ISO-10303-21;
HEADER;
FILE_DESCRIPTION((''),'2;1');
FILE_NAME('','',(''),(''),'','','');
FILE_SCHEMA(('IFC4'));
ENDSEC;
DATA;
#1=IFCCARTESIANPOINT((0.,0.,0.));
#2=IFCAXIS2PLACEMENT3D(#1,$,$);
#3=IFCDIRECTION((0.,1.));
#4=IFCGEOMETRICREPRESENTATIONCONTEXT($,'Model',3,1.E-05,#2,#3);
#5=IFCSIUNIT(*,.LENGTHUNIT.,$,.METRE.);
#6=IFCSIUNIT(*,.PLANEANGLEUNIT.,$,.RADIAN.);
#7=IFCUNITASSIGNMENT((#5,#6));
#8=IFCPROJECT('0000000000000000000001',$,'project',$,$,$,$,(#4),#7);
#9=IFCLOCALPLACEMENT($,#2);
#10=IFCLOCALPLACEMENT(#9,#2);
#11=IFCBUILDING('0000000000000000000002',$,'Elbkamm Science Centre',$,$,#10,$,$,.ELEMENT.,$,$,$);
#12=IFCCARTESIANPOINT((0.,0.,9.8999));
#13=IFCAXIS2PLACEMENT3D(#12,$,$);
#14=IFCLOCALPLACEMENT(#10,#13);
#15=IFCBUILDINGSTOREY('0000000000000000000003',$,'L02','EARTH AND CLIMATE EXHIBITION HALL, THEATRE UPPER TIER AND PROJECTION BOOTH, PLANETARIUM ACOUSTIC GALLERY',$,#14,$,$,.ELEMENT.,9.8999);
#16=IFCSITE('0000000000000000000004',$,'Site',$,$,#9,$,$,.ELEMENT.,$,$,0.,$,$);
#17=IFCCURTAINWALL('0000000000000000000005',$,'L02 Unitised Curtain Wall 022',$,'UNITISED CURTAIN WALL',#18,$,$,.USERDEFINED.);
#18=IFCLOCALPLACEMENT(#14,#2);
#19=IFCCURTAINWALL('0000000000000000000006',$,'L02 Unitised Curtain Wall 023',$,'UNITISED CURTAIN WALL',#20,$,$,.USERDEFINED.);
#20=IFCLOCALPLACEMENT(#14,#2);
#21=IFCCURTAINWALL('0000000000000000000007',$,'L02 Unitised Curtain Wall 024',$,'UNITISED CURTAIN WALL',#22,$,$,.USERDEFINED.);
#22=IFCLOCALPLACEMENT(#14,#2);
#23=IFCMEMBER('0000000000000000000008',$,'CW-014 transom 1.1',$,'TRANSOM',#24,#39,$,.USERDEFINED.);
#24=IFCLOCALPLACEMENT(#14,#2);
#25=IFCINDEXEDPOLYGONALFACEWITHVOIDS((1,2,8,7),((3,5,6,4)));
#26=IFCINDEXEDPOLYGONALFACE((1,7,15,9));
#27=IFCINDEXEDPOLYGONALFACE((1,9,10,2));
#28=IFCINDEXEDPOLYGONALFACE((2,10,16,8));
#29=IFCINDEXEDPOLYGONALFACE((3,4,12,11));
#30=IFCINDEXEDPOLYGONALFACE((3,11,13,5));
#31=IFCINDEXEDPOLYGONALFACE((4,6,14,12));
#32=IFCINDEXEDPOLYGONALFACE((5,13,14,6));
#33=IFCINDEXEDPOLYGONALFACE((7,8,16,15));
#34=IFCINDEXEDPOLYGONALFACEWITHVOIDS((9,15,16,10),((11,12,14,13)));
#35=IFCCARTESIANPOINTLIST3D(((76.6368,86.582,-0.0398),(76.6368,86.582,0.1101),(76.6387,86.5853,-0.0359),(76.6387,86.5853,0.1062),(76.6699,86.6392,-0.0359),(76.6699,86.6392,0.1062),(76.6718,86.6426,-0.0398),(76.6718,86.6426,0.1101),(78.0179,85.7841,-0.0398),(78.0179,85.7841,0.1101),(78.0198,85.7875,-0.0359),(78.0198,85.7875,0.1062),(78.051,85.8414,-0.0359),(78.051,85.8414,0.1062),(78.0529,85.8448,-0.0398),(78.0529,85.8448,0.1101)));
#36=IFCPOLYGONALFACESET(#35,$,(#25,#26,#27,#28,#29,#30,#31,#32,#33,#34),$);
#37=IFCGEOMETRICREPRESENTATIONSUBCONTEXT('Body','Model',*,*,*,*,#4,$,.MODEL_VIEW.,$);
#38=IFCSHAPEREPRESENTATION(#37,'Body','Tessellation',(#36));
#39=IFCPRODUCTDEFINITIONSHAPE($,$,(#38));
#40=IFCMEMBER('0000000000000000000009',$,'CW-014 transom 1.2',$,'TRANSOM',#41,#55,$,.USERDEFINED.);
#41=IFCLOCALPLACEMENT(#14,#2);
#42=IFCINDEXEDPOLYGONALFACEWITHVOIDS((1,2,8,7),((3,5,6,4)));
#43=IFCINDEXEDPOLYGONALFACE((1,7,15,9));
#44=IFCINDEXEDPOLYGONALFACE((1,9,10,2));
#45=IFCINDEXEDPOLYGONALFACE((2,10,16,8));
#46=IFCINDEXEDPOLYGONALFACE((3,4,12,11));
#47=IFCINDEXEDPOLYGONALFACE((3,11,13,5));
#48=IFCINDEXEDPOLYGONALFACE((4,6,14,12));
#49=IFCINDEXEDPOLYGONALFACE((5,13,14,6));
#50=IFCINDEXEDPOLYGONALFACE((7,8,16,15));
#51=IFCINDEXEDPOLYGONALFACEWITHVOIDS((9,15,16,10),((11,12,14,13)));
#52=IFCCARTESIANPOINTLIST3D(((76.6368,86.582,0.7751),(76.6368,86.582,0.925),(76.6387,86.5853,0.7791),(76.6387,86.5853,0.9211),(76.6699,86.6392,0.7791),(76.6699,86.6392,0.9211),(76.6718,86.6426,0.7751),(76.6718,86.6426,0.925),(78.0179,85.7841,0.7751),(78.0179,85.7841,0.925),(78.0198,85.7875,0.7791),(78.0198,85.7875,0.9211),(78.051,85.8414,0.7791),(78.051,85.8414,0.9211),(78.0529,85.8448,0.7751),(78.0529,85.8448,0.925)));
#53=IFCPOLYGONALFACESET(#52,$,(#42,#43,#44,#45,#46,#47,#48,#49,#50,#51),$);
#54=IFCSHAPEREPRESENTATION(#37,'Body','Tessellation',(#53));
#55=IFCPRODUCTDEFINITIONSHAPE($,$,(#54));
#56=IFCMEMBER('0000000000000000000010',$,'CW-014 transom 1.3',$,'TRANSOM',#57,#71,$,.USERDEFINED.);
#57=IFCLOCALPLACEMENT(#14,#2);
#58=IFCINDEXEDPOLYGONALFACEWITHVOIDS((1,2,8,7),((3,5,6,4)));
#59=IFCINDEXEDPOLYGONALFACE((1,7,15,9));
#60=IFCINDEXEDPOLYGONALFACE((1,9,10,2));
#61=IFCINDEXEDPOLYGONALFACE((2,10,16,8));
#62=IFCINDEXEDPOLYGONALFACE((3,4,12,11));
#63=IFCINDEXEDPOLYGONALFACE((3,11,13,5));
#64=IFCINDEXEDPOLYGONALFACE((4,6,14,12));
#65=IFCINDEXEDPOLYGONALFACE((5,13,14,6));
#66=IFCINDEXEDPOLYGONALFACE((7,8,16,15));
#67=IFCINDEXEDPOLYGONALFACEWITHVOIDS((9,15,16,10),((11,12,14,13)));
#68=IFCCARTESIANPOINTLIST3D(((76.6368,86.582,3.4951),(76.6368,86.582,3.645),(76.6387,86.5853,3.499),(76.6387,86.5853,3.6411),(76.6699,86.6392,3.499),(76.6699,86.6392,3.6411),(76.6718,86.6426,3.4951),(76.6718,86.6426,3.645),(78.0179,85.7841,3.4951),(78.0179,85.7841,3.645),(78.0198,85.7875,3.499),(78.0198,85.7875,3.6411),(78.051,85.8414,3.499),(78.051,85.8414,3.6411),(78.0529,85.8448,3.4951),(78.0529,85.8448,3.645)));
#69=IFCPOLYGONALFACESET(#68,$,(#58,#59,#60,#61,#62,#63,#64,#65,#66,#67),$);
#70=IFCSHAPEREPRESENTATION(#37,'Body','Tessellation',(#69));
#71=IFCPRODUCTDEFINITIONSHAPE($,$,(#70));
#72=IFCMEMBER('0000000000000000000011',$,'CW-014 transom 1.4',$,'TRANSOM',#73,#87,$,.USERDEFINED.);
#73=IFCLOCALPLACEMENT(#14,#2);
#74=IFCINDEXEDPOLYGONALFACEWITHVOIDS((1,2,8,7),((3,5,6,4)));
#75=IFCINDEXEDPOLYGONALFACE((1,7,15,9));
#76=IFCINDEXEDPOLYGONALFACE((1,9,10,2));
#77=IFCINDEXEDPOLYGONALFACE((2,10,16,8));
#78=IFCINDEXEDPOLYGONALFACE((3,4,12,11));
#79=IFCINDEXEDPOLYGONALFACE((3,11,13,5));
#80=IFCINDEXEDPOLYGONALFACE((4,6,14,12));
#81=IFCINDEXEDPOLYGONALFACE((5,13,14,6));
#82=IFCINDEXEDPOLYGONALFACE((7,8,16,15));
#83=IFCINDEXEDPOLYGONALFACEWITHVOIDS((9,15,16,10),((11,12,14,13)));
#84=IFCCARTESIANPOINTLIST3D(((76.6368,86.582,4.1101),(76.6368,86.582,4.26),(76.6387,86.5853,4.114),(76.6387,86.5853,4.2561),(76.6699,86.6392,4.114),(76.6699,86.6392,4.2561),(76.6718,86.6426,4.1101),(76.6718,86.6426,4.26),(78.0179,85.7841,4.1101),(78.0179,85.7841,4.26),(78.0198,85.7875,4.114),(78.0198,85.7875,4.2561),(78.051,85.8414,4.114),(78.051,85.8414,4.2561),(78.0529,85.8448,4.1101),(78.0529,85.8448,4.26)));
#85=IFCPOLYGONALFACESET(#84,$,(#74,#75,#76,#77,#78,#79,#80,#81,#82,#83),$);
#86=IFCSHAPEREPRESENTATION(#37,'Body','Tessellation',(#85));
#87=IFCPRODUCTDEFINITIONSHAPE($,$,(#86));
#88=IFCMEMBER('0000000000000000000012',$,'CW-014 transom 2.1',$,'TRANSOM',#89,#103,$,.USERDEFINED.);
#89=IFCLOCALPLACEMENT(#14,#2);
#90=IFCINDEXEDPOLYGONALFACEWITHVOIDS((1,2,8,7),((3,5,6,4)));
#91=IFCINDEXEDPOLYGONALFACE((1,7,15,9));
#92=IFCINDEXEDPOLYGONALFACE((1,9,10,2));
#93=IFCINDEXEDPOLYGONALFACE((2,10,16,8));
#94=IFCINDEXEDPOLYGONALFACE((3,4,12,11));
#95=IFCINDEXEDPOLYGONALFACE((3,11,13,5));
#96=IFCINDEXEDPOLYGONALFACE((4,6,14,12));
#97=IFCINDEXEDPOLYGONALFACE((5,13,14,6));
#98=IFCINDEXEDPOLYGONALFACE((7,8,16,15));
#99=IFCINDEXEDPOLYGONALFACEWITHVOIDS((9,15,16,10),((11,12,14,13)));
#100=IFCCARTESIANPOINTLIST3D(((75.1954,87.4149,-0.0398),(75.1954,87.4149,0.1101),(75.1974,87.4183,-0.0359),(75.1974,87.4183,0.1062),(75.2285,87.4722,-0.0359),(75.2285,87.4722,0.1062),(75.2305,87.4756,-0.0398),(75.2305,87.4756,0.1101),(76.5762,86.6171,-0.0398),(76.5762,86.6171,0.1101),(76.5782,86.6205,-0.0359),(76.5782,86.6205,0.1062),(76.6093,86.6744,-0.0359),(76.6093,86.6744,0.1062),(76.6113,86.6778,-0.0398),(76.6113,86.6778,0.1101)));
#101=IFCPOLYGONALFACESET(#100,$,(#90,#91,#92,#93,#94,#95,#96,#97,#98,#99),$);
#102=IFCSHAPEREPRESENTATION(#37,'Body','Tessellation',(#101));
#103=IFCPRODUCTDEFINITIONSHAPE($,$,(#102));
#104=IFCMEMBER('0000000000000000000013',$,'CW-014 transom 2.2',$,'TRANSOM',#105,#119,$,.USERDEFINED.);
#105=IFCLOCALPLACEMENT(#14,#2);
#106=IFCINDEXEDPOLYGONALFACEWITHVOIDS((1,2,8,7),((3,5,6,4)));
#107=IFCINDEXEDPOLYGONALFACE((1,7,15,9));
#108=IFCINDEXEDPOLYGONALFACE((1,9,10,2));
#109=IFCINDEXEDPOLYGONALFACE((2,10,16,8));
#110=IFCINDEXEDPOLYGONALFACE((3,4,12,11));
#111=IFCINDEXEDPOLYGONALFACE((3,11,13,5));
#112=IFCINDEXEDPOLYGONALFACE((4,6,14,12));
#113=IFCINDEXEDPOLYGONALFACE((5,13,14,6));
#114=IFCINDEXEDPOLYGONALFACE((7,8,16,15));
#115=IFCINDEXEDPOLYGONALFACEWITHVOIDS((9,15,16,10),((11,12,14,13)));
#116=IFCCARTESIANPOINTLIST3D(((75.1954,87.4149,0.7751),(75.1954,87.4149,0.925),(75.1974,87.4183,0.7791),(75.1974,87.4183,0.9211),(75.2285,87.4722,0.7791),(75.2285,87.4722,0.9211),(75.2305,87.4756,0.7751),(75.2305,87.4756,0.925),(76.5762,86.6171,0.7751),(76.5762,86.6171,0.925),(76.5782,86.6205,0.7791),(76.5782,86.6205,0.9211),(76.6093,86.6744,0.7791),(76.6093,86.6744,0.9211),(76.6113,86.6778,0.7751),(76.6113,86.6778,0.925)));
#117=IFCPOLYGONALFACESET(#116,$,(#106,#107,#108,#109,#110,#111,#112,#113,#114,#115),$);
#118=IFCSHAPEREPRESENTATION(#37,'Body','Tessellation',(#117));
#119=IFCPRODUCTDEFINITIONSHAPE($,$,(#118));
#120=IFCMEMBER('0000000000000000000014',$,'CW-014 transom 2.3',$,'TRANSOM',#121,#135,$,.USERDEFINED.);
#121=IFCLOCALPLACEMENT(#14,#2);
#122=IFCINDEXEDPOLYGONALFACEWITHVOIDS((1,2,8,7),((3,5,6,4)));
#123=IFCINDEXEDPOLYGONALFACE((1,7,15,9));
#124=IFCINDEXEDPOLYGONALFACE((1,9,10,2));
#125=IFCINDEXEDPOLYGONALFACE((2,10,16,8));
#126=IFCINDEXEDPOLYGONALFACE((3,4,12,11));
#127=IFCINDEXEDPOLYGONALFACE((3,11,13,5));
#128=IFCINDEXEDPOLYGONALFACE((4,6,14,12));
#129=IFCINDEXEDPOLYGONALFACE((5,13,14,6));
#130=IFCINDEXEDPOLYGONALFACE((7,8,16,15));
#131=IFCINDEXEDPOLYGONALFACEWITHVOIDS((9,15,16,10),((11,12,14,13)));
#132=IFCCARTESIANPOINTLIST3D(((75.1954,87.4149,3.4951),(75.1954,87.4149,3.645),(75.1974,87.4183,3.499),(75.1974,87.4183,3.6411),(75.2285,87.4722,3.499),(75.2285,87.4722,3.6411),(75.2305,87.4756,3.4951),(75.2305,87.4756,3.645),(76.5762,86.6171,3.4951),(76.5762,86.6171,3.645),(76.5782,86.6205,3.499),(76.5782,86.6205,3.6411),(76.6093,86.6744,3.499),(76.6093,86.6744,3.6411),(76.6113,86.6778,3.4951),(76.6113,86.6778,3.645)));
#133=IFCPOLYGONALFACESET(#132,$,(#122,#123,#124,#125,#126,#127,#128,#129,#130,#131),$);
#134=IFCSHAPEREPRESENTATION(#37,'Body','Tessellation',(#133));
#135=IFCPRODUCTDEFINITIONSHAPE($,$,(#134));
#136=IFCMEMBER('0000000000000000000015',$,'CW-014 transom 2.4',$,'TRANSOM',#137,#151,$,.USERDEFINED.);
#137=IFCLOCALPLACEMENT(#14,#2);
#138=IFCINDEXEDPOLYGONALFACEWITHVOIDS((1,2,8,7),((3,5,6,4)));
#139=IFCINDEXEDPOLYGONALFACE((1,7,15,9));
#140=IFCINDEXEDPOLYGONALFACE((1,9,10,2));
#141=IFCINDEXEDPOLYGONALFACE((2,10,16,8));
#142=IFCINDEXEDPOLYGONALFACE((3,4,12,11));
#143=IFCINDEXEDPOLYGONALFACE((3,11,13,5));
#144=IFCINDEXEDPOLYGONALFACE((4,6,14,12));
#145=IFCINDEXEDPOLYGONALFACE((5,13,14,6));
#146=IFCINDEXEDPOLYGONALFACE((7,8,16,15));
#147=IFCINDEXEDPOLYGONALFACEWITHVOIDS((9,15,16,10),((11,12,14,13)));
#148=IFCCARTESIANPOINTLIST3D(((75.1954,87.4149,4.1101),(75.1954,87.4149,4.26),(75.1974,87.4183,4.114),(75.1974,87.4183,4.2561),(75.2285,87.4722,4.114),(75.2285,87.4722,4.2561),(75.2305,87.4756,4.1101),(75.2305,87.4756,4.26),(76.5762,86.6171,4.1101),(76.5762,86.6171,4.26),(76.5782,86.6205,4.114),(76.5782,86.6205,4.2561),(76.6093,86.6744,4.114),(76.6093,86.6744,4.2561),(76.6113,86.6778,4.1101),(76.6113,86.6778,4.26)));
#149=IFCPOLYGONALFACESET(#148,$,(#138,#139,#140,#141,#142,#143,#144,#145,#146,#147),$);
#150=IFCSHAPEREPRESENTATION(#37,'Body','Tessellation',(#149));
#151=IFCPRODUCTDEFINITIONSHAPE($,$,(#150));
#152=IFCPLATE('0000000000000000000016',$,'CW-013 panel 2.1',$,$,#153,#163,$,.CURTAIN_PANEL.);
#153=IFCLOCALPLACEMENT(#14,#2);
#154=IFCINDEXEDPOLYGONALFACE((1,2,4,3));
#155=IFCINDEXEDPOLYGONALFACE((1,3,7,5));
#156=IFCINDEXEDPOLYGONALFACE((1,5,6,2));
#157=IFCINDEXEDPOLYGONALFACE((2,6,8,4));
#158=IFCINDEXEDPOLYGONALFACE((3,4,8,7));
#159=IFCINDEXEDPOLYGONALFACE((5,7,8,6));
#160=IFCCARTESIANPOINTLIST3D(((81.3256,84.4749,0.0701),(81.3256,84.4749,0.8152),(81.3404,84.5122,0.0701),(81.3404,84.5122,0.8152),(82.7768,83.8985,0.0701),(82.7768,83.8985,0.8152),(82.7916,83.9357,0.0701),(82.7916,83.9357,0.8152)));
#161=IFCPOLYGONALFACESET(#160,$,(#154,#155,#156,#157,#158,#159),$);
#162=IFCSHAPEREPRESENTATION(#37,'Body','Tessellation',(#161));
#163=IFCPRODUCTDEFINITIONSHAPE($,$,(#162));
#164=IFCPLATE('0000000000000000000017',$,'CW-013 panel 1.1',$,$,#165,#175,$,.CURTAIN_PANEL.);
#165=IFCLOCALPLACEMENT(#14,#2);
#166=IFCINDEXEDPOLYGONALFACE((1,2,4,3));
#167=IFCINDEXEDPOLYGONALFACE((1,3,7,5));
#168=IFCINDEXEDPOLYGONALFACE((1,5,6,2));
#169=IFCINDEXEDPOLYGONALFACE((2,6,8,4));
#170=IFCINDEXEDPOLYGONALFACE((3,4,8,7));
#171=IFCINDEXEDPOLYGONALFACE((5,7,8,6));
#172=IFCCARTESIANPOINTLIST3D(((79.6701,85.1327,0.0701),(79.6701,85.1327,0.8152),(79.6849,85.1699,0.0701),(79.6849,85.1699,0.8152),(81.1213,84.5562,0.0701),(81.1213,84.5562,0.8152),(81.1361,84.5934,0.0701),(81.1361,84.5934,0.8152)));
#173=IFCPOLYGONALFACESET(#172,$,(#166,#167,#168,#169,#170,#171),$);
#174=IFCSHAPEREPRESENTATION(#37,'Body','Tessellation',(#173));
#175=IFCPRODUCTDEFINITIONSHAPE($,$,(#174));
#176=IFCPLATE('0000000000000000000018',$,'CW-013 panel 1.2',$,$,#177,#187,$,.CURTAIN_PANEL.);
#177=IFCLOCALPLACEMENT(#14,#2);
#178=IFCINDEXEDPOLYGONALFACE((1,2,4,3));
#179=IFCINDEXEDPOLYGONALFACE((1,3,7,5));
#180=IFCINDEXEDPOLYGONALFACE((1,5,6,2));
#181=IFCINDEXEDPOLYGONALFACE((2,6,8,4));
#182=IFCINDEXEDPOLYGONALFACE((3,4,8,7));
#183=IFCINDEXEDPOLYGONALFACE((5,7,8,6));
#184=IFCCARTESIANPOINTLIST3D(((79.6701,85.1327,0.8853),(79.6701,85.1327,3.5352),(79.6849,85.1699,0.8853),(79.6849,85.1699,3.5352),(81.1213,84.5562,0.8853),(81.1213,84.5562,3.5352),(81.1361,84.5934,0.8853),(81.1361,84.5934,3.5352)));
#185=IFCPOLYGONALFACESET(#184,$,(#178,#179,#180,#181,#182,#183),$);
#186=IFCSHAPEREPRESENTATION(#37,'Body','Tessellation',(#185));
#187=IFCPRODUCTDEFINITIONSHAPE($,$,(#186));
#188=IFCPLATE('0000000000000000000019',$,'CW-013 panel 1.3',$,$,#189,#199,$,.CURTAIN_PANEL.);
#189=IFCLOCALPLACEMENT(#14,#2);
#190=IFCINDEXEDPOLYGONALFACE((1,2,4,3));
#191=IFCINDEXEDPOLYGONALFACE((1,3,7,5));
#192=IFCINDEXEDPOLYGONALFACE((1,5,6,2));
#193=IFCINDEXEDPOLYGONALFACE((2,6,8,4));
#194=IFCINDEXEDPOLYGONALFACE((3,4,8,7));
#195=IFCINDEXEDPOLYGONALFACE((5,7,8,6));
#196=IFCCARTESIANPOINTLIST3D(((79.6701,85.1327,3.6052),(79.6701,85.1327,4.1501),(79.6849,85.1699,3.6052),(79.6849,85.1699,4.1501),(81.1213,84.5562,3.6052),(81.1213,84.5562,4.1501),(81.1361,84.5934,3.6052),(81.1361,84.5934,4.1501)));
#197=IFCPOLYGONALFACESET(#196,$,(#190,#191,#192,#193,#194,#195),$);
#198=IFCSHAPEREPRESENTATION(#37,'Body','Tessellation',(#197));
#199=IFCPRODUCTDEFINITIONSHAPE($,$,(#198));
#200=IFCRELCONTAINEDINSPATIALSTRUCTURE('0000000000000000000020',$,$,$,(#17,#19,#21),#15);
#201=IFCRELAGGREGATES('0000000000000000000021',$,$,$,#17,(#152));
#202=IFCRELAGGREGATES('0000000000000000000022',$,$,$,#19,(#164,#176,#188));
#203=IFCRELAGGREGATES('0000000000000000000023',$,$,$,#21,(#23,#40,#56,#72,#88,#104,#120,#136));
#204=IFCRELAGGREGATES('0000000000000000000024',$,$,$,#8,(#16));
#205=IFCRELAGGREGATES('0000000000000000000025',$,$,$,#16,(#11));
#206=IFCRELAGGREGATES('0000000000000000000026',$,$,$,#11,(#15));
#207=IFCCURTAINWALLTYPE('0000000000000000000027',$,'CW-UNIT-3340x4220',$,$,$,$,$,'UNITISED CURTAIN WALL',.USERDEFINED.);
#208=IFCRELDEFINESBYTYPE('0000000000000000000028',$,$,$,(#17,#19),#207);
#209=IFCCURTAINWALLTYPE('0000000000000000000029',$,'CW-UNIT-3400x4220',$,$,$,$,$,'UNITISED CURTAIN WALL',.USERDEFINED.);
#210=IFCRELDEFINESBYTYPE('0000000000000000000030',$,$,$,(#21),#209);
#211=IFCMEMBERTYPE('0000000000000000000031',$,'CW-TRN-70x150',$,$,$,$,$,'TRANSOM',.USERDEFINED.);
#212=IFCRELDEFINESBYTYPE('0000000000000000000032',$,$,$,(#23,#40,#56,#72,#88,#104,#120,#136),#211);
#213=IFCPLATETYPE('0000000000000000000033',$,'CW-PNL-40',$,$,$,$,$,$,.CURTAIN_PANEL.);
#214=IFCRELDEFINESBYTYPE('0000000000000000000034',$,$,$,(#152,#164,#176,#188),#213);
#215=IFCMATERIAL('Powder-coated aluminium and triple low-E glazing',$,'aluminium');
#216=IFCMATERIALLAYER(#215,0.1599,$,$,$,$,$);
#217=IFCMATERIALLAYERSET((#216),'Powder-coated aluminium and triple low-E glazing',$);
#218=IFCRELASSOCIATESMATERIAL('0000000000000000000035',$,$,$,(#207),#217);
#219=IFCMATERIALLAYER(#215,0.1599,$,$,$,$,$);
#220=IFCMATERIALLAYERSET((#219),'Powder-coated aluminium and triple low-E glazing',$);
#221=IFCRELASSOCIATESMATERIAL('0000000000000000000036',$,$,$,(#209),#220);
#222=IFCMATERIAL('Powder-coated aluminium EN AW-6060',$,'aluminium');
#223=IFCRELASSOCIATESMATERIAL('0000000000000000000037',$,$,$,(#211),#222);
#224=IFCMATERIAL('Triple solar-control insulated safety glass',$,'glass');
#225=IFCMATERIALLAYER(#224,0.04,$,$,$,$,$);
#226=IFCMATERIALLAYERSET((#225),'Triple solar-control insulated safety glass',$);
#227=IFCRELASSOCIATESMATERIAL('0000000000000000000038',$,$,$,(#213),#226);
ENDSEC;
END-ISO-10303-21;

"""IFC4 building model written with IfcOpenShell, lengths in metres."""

from ifc_helpers import new_model, si_unit, direction, frame, origin, origin_2d, place, context, subcontext, project, spatial, rectangle, hollow_rectangle, extrude, material, layer, layer_set, material_profile, profile_set, type_object, element, aggregate, save


model = new_model("IFC4")

# Units and contexts
model_context = context("Model", 3, precision=1e-05, world=origin(), true_north=direction((0.0, 1.0)))
body_context = subcontext(model_context, "Body", "Model", "MODEL_VIEW")
ifc_project = project(units=[si_unit("LENGTHUNIT", "METRE"), si_unit("PLANEANGLEUNIT", "RADIAN")], contexts=[model_context])

# Site, building, storey
site_placement = place(None, origin())
site = spatial("IfcSite", under=ifc_project, at=site_placement, Name="Site", CompositionType="ELEMENT", RefElevation=0.0)
building_placement = place(site_placement, origin())
building = spatial("IfcBuilding", under=site, at=building_placement, Name="Elbkamm Science Centre", CompositionType="ELEMENT")
storey_placement = place(building_placement, frame((0.0, 0.0, 9.8999)))
storey = spatial("IfcBuildingStorey", under=building, at=storey_placement, Name="L02", Description="EARTH AND CLIMATE EXHIBITION HALL, THEATRE UPPER TIER AND PROJECTION BOOTH, PLANETARIUM ACOUSTIC GALLERY", CompositionType="ELEMENT", Elevation=9.8999)

# Curtain wall
ifc_material_1 = material(Name="Powder-coated aluminium and triple low-E glazing", Category="aluminium")
ifc_layer_1 = layer(ifc_material_1, 0.1599)
ifc_layer_set_1 = layer_set([ifc_layer_1], Name="Powder-coated aluminium and triple low-E glazing")
curtain_wall_type_1 = type_object("IfcCurtainWallType", Name="CW-UNIT-3340x4220", ElementType="UNITISED CURTAIN WALL", PredefinedType="USERDEFINED", material=ifc_layer_set_1)
curtain_wall_1_placement = place(storey_placement, origin())
curtain_wall_1 = element("IfcCurtainWall", 1, at=curtain_wall_1_placement, inside=storey, type_object=curtain_wall_type_1, Name="L02 Unitised Curtain Wall 022", ObjectType="UNITISED CURTAIN WALL", PredefinedType="USERDEFINED")
ifc_material_2 = material(Name="Powder-coated aluminium EN AW-6060", Category="aluminium")

# Curtain walls
curtain_wall_2_placement = place(storey_placement, origin())
curtain_wall_2 = element("IfcCurtainWall", 2, at=curtain_wall_2_placement, inside=storey, type_object=curtain_wall_type_1, Name="L02 Unitised Curtain Wall 023", ObjectType="UNITISED CURTAIN WALL", PredefinedType="USERDEFINED")
ifc_layer_2 = layer(ifc_material_1, 0.1599)
ifc_layer_set_2 = layer_set([ifc_layer_2], Name="Powder-coated aluminium and triple low-E glazing")
curtain_wall_type_2 = type_object("IfcCurtainWallType", Name="CW-UNIT-3400x4220", ElementType="UNITISED CURTAIN WALL", PredefinedType="USERDEFINED", material=ifc_layer_set_2)
curtain_wall_3_placement = place(storey_placement, origin())
curtain_wall_3 = element("IfcCurtainWall", 3, at=curtain_wall_3_placement, inside=storey, type_object=curtain_wall_type_2, Name="L02 Unitised Curtain Wall 024", ObjectType="UNITISED CURTAIN WALL", PredefinedType="USERDEFINED")

# Members
ifc_material_profile_1 = material_profile(ifc_material_2, hollow_rectangle(XDim=0.0701, YDim=0.1499, WallThickness=0.0039, at=origin_2d()), Name="ALU T70x150")
ifc_profile_set_1 = profile_set([ifc_material_profile_1], Name="Powder-coated aluminium EN AW-6060")
member_type_1 = type_object("IfcMemberType", Name="CW-TRN-70x150", ElementType="TRANSOM", PredefinedType="USERDEFINED", material=ifc_profile_set_1)
member_1_placement = place(storey_placement, frame((78.0354, 85.8145, 0.0352), z_axis=(-0.865897, 0.500221, 0.0), x_axis=(-0.500221, -0.865897, 0.0)))
member_1 = element("IfcMember", 4, at=member_1_placement, type_object=member_type_1, Name="CW-014 transom 1.1", ObjectType="TRANSOM", PredefinedType="USERDEFINED", context=body_context, shape_type="SweptSolid", body=[
    extrude(hollow_rectangle(XDim=0.0701, YDim=0.1499, WallThickness=0.0039, at=origin_2d()), origin(), (0.0, 0.0, 1.0), 1.595),
])
member_2_placement = place(storey_placement, frame((78.0354, 85.8145, 0.8501), z_axis=(-0.865897, 0.500221, 0.0), x_axis=(-0.500221, -0.865897, 0.0)))
member_2 = element("IfcMember", 5, at=member_2_placement, type_object=member_type_1, Name="CW-014 transom 1.2", ObjectType="TRANSOM", PredefinedType="USERDEFINED", context=body_context, shape_type="SweptSolid", body=[
    extrude(hollow_rectangle(XDim=0.0701, YDim=0.1499, WallThickness=0.0039, at=origin_2d()), origin(), (0.0, 0.0, 1.0), 1.595),
])
member_3_placement = place(storey_placement, frame((78.0354, 85.8145, 3.5701), z_axis=(-0.865897, 0.500221, 0.0), x_axis=(-0.500221, -0.865897, 0.0)))
member_3 = element("IfcMember", 6, at=member_3_placement, type_object=member_type_1, Name="CW-014 transom 1.3", ObjectType="TRANSOM", PredefinedType="USERDEFINED", context=body_context, shape_type="SweptSolid", body=[
    extrude(hollow_rectangle(XDim=0.0701, YDim=0.1499, WallThickness=0.0039, at=origin_2d()), origin(), (0.0, 0.0, 1.0), 1.595),
])
member_4_placement = place(storey_placement, frame((78.0354, 85.8145, 4.1851), z_axis=(-0.865897, 0.500221, 0.0), x_axis=(-0.500221, -0.865897, 0.0)))
member_4 = element("IfcMember", 7, at=member_4_placement, type_object=member_type_1, Name="CW-014 transom 1.4", ObjectType="TRANSOM", PredefinedType="USERDEFINED", context=body_context, shape_type="SweptSolid", body=[
    extrude(hollow_rectangle(XDim=0.0701, YDim=0.1499, WallThickness=0.0039, at=origin_2d()), origin(), (0.0, 0.0, 1.0), 1.595),
])
member_5_placement = place(storey_placement, frame((76.5938, 86.6475, 0.0352), z_axis=(-0.865859, 0.500288, 0.0), x_axis=(-0.500288, -0.865859, 0.0)))
member_5 = element("IfcMember", 8, at=member_5_placement, type_object=member_type_1, Name="CW-014 transom 2.1", ObjectType="TRANSOM", PredefinedType="USERDEFINED", context=body_context, shape_type="SweptSolid", body=[
    extrude(hollow_rectangle(XDim=0.0701, YDim=0.1499, WallThickness=0.0039, at=origin_2d()), origin(), (0.0, 0.0, 1.0), 1.5947),
])
member_6_placement = place(storey_placement, frame((76.5938, 86.6475, 0.8501), z_axis=(-0.865859, 0.500288, 0.0), x_axis=(-0.500288, -0.865859, 0.0)))
member_6 = element("IfcMember", 9, at=member_6_placement, type_object=member_type_1, Name="CW-014 transom 2.2", ObjectType="TRANSOM", PredefinedType="USERDEFINED", context=body_context, shape_type="SweptSolid", body=[
    extrude(hollow_rectangle(XDim=0.0701, YDim=0.1499, WallThickness=0.0039, at=origin_2d()), origin(), (0.0, 0.0, 1.0), 1.5947),
])
member_7_placement = place(storey_placement, frame((76.5938, 86.6475, 3.5701), z_axis=(-0.865859, 0.500288, 0.0), x_axis=(-0.500288, -0.865859, 0.0)))
member_7 = element("IfcMember", 10, at=member_7_placement, type_object=member_type_1, Name="CW-014 transom 2.3", ObjectType="TRANSOM", PredefinedType="USERDEFINED", context=body_context, shape_type="SweptSolid", body=[
    extrude(hollow_rectangle(XDim=0.0701, YDim=0.1499, WallThickness=0.0039, at=origin_2d()), origin(), (0.0, 0.0, 1.0), 1.5947),
])
member_8_placement = place(storey_placement, frame((76.5938, 86.6475, 4.1851), z_axis=(-0.865859, 0.500288, 0.0), x_axis=(-0.500288, -0.865859, 0.0)))
member_8 = element("IfcMember", 11, at=member_8_placement, type_object=member_type_1, Name="CW-014 transom 2.4", ObjectType="TRANSOM", PredefinedType="USERDEFINED", context=body_context, shape_type="SweptSolid", body=[
    extrude(hollow_rectangle(XDim=0.0701, YDim=0.1499, WallThickness=0.0039, at=origin_2d()), origin(), (0.0, 0.0, 1.0), 1.5947),
])

# Plates
ifc_material_3 = material(Name="Triple solar-control insulated safety glass", Category="glass")
ifc_layer_3 = layer(ifc_material_3, 0.04)
ifc_layer_set_3 = layer_set([ifc_layer_3], Name="Triple solar-control insulated safety glass")
plate_type = type_object("IfcPlateType", Name="CW-PNL-40", PredefinedType="CURTAIN_PANEL", material=ifc_layer_set_3)
plate_1_placement = place(storey_placement, frame((82.0586, 84.2053, 0.0701), z_axis=(0.0, 0.0, 1.0), x_axis=(-0.929366, 0.36916, 0.0)))
plate_1 = element("IfcPlate", 12, at=plate_1_placement, type_object=plate_type, Name="CW-013 panel 2.1", PredefinedType="CURTAIN_PANEL", context=body_context, shape_type="SweptSolid", body=[
    extrude(rectangle(XDim=1.5615, YDim=0.04, at=origin_2d()), origin(), (0.0, 0.0, 1.0), 0.7451),
])
aggregate(curtain_wall_1, [plate_1])
plate_2_placement = place(storey_placement, frame((80.4031, 84.863, 0.0701), z_axis=(0.0, 0.0, 1.0), x_axis=(-0.929366, 0.36916, 0.0)))
plate_2 = element("IfcPlate", 13, at=plate_2_placement, type_object=plate_type, Name="CW-013 panel 1.1", PredefinedType="CURTAIN_PANEL", context=body_context, shape_type="SweptSolid", body=[
    extrude(rectangle(XDim=1.5615, YDim=0.04, at=origin_2d()), origin(), (0.0, 0.0, 1.0), 0.7451),
])
plate_3_placement = place(storey_placement, frame((80.4031, 84.863, 0.8853), z_axis=(0.0, 0.0, 1.0), x_axis=(-0.929366, 0.36916, 0.0)))
plate_3 = element("IfcPlate", 14, at=plate_3_placement, type_object=plate_type, Name="CW-013 panel 1.2", PredefinedType="CURTAIN_PANEL", context=body_context, shape_type="SweptSolid", body=[
    extrude(rectangle(XDim=1.5615, YDim=0.04, at=origin_2d()), origin(), (0.0, 0.0, 1.0), 2.6499),
])
plate_4_placement = place(storey_placement, frame((80.4031, 84.863, 3.6052), z_axis=(0.0, 0.0, 1.0), x_axis=(-0.929366, 0.36916, 0.0)))
plate_4 = element("IfcPlate", 15, at=plate_4_placement, type_object=plate_type, Name="CW-013 panel 1.3", PredefinedType="CURTAIN_PANEL", context=body_context, shape_type="SweptSolid", body=[
    extrude(rectangle(XDim=1.5615, YDim=0.04, at=origin_2d()), origin(), (0.0, 0.0, 1.0), 0.5449),
])
aggregate(curtain_wall_2, [plate_2, plate_3, plate_4])
aggregate(curtain_wall_3, [member_1, member_2, member_3, member_4, member_5, member_6, member_7, member_8])

save(model, "model.ifc")
